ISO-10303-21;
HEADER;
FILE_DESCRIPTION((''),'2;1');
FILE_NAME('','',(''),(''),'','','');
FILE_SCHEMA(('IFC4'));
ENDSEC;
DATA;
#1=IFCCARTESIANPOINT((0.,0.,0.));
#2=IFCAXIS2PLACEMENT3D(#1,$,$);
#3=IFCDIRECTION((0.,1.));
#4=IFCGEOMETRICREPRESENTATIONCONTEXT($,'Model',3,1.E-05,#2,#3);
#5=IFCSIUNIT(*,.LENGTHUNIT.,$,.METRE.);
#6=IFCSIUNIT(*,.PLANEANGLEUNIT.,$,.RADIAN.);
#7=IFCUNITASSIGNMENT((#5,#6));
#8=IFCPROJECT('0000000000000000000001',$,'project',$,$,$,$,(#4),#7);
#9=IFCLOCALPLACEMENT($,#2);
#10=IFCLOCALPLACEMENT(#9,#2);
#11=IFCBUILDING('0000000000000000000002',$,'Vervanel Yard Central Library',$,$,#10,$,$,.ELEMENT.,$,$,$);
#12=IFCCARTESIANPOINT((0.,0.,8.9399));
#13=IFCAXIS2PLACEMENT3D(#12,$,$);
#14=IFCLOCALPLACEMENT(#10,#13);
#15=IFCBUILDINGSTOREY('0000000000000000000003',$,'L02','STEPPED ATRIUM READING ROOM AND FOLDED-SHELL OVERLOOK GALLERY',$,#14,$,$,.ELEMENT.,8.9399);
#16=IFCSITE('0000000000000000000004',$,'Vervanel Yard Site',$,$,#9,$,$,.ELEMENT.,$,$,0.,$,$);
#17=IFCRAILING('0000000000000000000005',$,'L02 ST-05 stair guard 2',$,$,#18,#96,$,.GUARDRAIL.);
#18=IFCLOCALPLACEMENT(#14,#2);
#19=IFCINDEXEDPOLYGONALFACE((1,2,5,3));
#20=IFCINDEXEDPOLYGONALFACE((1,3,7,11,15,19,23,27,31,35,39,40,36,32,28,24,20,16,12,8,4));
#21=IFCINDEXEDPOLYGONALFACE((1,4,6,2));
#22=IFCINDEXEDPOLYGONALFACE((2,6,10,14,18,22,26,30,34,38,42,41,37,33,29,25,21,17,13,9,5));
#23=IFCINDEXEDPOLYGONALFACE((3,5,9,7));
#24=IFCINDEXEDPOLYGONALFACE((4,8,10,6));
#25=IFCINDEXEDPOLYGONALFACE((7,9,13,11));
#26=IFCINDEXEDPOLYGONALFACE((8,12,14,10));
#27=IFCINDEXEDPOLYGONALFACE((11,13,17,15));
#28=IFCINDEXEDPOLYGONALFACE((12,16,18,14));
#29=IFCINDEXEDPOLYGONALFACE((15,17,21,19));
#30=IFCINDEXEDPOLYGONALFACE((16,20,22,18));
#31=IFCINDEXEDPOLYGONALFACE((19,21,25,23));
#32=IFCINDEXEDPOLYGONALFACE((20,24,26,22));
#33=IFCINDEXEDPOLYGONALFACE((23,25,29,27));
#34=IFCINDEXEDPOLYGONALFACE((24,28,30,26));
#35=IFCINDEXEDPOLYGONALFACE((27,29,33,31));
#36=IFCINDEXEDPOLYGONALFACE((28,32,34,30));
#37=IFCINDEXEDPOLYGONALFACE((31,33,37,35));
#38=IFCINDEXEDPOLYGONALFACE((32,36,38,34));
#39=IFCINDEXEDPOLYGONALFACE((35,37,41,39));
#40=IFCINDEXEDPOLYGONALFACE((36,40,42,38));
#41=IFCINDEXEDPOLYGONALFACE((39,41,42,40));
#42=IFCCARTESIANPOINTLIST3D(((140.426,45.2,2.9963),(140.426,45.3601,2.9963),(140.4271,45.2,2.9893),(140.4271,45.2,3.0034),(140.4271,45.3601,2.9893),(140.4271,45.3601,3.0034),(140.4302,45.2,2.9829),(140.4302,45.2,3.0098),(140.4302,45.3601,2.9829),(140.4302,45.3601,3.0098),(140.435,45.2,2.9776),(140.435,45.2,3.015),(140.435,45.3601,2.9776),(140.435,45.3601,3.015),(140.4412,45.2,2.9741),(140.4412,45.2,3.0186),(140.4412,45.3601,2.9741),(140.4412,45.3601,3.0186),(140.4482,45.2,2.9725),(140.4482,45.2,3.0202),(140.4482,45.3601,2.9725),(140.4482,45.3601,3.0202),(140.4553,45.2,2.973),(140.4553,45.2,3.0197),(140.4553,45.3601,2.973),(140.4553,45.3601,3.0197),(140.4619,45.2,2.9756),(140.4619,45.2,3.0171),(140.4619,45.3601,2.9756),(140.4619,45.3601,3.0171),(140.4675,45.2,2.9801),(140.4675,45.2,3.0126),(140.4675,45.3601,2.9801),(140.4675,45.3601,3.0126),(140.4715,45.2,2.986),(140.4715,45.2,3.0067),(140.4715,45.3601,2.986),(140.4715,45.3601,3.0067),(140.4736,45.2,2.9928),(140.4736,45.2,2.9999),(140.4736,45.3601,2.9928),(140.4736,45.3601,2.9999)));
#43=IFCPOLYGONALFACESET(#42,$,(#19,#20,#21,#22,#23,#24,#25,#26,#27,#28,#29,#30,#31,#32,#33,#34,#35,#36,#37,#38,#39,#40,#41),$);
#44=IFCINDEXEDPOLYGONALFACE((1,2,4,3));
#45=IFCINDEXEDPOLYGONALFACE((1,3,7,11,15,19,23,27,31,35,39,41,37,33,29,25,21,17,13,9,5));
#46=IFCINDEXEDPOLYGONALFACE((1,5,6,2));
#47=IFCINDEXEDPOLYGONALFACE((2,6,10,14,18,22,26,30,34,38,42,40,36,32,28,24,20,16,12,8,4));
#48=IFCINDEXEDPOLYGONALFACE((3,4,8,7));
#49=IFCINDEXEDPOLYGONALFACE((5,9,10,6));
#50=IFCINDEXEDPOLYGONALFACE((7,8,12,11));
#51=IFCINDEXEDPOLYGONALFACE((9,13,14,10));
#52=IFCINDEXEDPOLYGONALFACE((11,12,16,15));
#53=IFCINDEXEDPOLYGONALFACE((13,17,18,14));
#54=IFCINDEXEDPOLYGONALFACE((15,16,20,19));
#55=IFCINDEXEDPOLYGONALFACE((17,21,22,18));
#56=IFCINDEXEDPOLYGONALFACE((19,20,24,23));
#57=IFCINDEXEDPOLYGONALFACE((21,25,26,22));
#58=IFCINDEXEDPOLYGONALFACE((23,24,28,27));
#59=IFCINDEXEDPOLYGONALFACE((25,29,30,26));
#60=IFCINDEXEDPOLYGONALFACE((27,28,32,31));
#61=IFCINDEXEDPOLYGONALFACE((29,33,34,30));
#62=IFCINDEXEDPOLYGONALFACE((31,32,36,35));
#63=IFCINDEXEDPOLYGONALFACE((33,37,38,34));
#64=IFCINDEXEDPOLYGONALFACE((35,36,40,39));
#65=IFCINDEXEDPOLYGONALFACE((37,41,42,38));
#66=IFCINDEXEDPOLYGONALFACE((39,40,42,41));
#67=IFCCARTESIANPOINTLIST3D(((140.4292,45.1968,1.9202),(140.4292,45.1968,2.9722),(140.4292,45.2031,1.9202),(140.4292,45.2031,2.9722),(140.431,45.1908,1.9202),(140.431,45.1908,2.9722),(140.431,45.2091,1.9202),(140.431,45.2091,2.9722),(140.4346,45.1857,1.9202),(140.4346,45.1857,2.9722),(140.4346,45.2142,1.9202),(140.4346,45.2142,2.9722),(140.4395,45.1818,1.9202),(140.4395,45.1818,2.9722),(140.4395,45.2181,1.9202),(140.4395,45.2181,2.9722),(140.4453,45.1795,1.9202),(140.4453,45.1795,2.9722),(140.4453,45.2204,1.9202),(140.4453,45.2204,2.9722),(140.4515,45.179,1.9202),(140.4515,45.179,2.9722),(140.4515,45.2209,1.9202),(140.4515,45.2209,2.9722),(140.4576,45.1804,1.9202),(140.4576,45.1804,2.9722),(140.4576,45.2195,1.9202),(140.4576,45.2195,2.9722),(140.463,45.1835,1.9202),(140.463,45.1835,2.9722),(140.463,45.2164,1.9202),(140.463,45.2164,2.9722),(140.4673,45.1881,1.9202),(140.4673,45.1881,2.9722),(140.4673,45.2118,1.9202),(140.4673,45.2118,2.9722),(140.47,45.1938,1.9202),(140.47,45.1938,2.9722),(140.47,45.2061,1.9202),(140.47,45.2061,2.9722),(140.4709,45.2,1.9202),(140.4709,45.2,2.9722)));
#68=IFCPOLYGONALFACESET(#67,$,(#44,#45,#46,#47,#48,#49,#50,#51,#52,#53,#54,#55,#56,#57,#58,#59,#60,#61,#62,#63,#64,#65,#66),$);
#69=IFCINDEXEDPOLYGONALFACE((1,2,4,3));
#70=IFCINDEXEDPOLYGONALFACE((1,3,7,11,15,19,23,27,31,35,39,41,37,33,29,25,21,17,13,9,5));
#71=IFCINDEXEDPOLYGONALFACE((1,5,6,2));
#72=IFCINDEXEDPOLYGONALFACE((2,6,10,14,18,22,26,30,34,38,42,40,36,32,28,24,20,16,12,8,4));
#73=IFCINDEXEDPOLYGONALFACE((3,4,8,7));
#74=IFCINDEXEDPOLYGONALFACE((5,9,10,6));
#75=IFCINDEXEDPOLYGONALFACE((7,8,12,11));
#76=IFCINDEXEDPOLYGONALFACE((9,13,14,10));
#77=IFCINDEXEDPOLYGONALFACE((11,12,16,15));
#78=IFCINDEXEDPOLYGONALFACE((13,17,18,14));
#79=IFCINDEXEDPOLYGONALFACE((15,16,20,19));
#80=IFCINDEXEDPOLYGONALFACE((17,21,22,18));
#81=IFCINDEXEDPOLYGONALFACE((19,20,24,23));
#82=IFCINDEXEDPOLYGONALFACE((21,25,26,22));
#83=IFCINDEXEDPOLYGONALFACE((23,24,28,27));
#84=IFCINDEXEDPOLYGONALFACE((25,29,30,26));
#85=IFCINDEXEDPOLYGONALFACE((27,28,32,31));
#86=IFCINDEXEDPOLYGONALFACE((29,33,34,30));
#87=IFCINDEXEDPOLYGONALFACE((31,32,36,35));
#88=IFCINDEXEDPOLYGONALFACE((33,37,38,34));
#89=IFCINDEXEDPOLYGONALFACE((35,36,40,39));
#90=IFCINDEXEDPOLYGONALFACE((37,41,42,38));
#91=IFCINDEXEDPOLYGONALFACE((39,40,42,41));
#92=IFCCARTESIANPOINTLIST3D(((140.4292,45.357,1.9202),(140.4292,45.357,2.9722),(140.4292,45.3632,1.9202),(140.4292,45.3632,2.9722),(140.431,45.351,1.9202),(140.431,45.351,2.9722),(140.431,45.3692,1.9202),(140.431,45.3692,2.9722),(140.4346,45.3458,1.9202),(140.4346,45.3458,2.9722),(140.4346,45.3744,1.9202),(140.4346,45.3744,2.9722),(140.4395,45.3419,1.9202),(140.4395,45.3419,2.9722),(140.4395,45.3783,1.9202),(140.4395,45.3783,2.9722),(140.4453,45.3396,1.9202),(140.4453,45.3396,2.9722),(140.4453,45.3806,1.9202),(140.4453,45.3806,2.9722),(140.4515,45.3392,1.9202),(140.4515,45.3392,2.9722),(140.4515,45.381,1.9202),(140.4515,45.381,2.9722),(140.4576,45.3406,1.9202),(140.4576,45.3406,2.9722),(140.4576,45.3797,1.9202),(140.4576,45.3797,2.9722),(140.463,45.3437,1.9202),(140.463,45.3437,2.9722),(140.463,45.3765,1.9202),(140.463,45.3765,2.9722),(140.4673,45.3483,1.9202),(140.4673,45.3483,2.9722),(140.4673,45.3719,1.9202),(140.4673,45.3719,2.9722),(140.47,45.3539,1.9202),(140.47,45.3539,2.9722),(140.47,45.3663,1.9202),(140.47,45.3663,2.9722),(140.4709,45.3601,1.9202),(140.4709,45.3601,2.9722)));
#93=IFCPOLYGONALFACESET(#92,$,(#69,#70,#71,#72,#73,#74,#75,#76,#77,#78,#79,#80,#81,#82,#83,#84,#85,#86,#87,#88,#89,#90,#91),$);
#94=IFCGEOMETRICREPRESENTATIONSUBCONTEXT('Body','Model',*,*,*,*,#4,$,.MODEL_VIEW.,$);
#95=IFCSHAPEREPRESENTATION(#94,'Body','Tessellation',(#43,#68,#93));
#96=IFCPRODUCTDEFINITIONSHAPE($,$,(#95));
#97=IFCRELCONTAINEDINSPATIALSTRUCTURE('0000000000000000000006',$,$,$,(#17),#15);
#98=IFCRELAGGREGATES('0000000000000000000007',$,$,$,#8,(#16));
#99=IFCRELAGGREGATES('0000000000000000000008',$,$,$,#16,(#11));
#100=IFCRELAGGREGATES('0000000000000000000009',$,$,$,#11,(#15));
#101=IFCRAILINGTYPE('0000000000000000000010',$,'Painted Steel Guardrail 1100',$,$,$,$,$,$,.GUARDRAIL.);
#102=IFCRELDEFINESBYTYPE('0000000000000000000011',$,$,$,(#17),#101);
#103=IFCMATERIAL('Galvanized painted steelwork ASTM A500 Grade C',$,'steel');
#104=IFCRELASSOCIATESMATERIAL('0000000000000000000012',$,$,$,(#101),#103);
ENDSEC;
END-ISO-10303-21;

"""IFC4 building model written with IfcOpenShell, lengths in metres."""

from ifc_helpers import new_model, si_unit, direction, frame, origin, origin_2d, place, context, subcontext, project, spatial, circle, extrude, material, type_object, element, save


model = new_model("IFC4")

# Units and contexts
model_context = context("Model", 3, precision=1e-05, world=origin(), true_north=direction((0.0, 1.0)))
body_context = subcontext(model_context, "Body", "Model", "MODEL_VIEW")
ifc_project = project(units=[si_unit("LENGTHUNIT", "METRE"), si_unit("PLANEANGLEUNIT", "RADIAN")], contexts=[model_context])

# Site, building, storey
site_placement = place(None, origin())
site = spatial("IfcSite", under=ifc_project, at=site_placement, Name="Vervanel Yard Site", CompositionType="ELEMENT", RefElevation=0.0)
building_placement = place(site_placement, origin())
building = spatial("IfcBuilding", under=site, at=building_placement, Name="Vervanel Yard Central Library", CompositionType="ELEMENT")
storey_placement = place(building_placement, frame((0.0, 0.0, 8.9399)))
storey = spatial("IfcBuildingStorey", under=building, at=storey_placement, Name="L02", Description="STEPPED ATRIUM READING ROOM AND FOLDED-SHELL OVERLOOK GALLERY", CompositionType="ELEMENT", Elevation=8.9399)

# Railing
ifc_material_1 = material(Name="Galvanized painted steelwork ASTM A500 Grade C", Category="steel")
railing_type_1 = type_object("IfcRailingType", Name="Painted Steel Guardrail 1100", PredefinedType="GUARDRAIL", material=ifc_material_1)
railing_1_placement = place(storey_placement, frame((140.45, 45.2, 1.9202)))
element("IfcRailing", 1, at=railing_1_placement, inside=storey, type_object=railing_type_1, Name="L02 ST-05 stair guard 2", PredefinedType="GUARDRAIL", context=body_context, shape_type="SweptSolid", body=[
    extrude(circle(Radius=0.0239, at=origin_2d()), frame((0.0, 0.0, 1.0762), z_axis=(0.0, 1.0, 0.0), x_axis=(-1.0, 0.0, 0.0)), (0.0, 0.0, 1.0), 0.1602),
    extrude(circle(Radius=0.021, at=origin_2d()), origin(), (0.0, 0.0, 1.0), 1.052),
    extrude(circle(Radius=0.021, at=origin_2d()), frame((0.0, 0.1602, 0.0)), (0.0, 0.0, 1.0), 1.052),
])

save(model, "model.ifc")
